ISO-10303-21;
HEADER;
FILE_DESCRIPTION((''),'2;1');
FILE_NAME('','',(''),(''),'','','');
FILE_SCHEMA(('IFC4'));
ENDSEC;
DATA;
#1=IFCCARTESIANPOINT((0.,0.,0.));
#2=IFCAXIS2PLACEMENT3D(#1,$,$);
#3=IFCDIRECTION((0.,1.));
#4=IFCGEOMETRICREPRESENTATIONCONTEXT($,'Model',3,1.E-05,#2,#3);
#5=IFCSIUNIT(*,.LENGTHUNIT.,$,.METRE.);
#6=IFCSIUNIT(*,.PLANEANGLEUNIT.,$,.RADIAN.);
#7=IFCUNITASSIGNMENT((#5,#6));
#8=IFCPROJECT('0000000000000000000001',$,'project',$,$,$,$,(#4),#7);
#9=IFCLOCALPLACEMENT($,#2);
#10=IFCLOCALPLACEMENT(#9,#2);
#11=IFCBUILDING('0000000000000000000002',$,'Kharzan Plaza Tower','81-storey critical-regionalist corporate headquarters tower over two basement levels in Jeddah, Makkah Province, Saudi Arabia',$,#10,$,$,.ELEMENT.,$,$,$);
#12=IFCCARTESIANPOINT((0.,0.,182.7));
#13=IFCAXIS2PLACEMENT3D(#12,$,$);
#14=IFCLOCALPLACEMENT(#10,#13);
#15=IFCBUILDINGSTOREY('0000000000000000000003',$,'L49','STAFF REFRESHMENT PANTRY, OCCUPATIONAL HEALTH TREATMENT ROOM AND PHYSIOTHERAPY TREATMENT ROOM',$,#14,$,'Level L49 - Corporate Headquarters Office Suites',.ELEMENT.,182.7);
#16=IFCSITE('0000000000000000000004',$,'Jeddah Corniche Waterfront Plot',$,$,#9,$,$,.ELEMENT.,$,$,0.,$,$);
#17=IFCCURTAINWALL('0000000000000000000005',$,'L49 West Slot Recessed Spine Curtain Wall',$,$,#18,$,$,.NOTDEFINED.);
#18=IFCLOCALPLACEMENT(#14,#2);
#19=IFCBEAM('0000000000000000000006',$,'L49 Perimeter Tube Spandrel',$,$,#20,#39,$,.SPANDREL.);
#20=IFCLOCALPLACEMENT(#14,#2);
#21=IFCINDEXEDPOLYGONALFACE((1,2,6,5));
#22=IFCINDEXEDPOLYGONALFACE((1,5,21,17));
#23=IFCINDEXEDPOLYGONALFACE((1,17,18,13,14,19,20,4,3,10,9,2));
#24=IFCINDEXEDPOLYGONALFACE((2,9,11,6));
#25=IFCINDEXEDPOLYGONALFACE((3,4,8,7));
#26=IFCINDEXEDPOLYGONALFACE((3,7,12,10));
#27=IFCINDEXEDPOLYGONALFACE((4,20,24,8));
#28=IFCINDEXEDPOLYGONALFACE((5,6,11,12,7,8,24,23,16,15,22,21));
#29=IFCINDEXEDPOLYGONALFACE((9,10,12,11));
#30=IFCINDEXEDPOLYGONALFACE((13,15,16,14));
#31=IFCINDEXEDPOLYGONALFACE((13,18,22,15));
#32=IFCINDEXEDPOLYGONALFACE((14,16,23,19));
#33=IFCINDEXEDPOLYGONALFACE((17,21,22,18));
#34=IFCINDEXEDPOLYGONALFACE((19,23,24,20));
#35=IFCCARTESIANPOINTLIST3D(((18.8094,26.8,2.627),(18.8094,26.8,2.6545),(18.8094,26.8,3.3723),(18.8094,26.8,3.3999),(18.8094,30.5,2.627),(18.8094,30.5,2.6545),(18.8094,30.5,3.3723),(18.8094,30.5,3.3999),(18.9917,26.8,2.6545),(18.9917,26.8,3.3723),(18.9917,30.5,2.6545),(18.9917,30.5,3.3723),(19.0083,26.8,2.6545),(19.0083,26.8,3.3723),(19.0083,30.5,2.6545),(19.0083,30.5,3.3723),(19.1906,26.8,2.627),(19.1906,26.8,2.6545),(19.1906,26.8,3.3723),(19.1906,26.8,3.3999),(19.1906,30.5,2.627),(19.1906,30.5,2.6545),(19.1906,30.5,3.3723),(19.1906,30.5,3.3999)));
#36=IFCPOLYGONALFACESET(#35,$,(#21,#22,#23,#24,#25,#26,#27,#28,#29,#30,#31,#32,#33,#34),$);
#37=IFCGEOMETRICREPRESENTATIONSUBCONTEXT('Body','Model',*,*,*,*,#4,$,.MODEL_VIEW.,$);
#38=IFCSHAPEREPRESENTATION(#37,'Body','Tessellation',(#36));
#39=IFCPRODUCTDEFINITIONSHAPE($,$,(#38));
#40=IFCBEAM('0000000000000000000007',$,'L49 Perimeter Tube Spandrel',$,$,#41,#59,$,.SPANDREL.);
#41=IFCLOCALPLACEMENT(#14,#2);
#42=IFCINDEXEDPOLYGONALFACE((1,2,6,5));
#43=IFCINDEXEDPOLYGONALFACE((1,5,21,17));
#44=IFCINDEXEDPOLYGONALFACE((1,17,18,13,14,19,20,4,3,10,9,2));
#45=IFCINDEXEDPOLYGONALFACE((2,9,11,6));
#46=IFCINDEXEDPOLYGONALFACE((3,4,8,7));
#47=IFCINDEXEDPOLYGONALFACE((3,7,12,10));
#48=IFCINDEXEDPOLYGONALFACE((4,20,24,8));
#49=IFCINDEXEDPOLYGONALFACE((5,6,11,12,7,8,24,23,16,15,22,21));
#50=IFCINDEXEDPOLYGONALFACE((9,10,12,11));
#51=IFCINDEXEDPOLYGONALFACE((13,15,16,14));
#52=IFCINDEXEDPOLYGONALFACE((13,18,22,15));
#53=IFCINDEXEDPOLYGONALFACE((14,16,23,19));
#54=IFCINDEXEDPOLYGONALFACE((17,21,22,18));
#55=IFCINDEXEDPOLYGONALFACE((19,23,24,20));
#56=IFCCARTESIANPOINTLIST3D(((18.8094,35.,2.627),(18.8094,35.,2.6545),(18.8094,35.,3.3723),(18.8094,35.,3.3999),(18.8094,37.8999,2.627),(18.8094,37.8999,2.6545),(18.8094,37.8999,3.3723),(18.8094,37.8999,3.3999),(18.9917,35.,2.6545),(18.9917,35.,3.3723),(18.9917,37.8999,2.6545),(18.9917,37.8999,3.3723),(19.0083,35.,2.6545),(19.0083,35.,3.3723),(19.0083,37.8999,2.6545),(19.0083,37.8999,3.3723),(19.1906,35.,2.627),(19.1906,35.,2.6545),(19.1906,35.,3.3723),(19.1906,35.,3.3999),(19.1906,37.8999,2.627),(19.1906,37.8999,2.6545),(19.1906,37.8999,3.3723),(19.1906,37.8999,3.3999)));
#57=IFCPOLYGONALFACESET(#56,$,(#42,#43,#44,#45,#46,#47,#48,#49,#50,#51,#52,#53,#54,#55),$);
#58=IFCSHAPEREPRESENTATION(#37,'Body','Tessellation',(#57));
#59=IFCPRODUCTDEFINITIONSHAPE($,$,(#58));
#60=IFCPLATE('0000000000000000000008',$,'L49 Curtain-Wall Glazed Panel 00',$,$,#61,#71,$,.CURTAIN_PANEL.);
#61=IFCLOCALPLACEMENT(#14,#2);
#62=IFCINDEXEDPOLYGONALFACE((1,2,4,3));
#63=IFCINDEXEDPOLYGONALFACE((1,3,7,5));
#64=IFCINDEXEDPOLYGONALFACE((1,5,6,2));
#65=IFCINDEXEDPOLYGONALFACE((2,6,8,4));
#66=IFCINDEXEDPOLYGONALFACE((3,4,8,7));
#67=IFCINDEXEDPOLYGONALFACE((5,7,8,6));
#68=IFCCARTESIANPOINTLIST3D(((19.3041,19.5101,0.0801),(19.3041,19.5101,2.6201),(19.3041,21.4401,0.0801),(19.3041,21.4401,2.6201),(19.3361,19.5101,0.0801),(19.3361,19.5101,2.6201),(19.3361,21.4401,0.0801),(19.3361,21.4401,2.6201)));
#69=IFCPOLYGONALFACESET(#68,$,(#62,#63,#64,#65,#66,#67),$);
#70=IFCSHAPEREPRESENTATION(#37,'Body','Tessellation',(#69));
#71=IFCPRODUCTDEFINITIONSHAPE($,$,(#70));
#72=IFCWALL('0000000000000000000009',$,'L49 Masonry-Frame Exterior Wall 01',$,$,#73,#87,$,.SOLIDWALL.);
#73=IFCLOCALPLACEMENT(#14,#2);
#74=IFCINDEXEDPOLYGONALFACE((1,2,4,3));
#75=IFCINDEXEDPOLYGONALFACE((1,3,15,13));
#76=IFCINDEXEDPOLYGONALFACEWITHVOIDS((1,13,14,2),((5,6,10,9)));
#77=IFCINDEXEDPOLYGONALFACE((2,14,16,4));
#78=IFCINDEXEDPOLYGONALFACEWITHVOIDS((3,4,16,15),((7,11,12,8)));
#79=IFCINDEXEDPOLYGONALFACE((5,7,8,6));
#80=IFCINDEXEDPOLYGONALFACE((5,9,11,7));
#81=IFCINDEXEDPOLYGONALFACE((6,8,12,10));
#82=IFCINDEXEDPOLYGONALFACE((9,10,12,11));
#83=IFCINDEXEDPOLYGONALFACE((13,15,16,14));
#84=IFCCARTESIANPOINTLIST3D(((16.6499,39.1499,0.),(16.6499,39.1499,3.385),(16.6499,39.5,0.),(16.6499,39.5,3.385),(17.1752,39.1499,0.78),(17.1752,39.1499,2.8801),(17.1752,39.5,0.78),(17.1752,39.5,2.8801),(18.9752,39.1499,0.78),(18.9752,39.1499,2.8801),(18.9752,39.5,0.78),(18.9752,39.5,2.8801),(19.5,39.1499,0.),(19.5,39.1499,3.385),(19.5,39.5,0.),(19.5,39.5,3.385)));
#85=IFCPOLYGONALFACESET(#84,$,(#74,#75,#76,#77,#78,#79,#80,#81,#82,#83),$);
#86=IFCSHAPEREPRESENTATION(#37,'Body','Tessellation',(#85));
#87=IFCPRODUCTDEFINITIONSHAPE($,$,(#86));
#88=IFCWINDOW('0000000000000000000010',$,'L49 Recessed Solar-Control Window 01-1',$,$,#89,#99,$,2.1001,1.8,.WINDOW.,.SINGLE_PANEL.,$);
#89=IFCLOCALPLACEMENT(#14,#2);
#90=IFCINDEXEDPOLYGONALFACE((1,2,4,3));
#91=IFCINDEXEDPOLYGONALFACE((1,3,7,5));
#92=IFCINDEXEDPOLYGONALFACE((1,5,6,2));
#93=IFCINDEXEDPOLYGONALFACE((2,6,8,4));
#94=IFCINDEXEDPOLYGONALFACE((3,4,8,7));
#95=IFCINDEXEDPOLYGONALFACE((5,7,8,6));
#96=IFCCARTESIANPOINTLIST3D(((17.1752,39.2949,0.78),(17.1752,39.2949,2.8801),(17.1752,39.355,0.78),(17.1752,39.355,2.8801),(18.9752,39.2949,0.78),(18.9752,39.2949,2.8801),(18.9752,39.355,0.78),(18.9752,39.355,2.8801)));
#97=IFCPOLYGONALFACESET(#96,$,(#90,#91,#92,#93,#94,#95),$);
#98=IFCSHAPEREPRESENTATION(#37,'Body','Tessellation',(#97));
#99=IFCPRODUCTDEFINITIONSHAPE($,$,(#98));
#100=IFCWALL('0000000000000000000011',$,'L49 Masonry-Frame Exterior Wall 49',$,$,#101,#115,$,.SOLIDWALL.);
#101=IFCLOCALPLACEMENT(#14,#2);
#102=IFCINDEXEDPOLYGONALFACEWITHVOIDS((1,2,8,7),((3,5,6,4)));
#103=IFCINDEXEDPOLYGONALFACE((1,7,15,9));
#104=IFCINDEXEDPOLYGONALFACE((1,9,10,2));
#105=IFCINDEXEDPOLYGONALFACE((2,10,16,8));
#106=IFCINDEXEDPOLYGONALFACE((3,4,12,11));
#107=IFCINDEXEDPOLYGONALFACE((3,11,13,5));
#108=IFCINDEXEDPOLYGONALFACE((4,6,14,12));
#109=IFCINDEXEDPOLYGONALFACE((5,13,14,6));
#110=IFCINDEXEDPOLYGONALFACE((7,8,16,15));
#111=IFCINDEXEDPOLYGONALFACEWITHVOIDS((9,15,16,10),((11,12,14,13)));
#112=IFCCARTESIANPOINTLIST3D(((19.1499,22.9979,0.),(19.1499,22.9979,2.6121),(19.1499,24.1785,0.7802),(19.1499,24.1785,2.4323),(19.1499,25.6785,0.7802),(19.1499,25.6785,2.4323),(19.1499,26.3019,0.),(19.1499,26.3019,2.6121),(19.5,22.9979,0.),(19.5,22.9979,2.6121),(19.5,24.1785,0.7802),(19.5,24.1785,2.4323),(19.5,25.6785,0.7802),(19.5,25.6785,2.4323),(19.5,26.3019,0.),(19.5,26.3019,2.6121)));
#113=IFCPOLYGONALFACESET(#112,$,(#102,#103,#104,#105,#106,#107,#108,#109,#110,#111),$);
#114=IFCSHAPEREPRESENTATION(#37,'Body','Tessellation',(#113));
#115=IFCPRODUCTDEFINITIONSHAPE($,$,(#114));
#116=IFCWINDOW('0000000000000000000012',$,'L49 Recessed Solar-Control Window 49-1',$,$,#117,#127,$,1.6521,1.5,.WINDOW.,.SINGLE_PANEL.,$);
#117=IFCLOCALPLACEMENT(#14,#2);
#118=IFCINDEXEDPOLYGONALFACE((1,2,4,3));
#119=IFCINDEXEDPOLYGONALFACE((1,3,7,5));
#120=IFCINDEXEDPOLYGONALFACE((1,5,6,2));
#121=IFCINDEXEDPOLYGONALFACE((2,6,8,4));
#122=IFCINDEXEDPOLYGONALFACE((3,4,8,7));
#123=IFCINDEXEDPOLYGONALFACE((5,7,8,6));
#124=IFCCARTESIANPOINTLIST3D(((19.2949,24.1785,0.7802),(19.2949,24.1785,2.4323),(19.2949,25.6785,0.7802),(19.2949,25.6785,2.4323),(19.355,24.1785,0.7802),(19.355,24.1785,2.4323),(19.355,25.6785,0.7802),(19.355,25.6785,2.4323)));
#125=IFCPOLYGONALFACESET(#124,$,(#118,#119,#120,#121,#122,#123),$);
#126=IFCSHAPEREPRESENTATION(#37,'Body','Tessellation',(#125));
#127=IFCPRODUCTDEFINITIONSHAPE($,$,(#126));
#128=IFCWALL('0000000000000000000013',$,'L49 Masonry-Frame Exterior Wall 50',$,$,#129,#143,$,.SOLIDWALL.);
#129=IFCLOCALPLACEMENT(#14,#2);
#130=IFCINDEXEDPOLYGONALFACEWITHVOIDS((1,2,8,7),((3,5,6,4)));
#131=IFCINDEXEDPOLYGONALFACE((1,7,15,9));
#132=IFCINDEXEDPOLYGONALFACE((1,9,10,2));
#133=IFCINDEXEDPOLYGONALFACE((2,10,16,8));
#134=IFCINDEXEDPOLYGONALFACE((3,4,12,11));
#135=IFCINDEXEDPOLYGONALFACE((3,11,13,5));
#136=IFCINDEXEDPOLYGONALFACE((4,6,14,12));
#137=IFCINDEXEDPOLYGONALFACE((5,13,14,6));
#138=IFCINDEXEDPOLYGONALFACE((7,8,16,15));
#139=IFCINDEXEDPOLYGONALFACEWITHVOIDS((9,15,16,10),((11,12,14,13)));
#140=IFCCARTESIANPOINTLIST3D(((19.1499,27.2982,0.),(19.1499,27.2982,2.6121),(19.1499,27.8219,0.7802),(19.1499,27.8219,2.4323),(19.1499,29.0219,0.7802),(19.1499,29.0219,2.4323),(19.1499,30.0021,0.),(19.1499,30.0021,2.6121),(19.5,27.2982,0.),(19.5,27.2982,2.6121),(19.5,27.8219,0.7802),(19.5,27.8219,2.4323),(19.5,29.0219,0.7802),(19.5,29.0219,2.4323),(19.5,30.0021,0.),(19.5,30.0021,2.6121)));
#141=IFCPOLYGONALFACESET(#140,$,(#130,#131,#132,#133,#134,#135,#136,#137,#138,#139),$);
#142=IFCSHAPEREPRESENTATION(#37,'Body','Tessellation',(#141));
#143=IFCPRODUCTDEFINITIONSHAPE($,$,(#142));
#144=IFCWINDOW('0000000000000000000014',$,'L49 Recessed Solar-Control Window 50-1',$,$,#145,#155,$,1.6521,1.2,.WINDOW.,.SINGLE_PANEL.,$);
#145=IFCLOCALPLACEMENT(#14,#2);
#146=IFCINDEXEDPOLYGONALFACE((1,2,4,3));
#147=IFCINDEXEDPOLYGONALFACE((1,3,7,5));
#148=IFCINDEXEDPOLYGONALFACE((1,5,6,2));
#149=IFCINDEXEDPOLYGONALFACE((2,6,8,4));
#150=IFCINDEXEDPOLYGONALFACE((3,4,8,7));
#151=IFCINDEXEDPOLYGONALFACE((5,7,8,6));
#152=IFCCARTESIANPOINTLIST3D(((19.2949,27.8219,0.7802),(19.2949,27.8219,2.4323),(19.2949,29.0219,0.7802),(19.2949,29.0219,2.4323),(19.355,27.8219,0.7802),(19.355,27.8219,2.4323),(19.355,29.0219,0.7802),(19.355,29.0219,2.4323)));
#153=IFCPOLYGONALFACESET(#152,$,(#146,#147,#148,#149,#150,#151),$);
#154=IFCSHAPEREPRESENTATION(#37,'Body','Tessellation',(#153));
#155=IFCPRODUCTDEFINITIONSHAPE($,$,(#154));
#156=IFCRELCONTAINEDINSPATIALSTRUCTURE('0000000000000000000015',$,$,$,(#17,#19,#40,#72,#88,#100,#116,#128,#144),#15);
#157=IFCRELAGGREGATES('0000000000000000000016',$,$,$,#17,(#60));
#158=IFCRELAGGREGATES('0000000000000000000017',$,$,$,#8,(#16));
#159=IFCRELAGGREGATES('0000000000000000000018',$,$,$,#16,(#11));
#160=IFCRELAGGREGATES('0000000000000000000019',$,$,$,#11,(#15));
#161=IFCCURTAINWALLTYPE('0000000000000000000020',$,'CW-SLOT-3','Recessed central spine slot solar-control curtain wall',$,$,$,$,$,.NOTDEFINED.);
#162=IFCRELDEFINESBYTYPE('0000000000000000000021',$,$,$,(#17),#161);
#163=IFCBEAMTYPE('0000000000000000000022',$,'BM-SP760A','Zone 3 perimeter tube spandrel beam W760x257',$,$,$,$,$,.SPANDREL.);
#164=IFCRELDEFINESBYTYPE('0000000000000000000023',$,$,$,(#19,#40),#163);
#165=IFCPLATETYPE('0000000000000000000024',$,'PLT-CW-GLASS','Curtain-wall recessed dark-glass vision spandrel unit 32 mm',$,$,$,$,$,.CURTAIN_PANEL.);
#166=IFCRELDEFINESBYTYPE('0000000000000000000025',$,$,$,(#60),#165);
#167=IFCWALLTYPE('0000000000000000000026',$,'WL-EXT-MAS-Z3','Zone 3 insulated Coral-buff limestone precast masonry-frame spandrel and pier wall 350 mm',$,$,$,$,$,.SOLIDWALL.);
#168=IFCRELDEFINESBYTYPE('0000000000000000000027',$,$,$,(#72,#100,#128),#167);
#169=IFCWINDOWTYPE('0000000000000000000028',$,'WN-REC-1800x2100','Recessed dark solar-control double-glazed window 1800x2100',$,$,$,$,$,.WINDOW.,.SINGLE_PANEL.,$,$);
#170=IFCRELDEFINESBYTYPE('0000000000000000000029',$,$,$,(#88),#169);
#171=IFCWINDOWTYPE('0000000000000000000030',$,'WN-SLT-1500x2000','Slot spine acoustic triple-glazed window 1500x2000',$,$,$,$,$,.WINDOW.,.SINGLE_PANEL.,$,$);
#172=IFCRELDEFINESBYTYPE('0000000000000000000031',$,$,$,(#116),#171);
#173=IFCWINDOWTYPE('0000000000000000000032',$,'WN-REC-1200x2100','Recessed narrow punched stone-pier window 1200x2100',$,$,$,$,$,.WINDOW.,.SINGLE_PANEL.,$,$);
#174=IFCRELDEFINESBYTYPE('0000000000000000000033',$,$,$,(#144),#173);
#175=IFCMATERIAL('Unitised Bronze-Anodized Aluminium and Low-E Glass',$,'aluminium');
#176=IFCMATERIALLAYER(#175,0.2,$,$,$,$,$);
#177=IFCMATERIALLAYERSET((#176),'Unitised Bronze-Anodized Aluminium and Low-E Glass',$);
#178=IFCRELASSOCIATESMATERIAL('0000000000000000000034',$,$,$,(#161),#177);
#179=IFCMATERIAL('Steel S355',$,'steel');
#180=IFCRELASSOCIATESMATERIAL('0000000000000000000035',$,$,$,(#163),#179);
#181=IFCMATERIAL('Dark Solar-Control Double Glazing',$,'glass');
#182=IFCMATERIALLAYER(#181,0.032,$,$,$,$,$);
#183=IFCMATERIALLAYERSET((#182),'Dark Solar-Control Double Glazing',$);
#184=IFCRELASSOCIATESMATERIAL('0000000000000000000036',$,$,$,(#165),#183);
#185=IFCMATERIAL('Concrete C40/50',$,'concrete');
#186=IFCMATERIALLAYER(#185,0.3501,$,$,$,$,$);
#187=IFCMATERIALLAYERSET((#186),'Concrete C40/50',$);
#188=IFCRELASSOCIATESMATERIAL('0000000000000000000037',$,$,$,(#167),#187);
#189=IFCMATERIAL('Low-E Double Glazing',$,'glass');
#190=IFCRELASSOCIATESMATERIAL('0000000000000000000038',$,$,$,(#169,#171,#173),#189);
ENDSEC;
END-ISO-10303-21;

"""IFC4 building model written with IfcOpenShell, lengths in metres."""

from ifc_helpers import new_model, si_unit, direction, frame, frame_2d, origin, origin_2d, place, context, subcontext, project, spatial, rectangle, i_section, extrude, source, transform, mapped, material, layer, layer_set, material_profile, profile_set, type_object, element, fill, aggregate, save


model = new_model("IFC4")

# Units and contexts
model_context = context("Model", 3, precision=1e-05, world=origin(), true_north=direction((0.0, 1.0)))
body_context = subcontext(model_context, "Body", "Model", "MODEL_VIEW")
ifc_project = project(units=[si_unit("LENGTHUNIT", "METRE"), si_unit("PLANEANGLEUNIT", "RADIAN")], contexts=[model_context])

# Site, building, storey
site_placement = place(None, origin())
site = spatial("IfcSite", under=ifc_project, at=site_placement, Name="Jeddah Corniche Waterfront Plot", CompositionType="ELEMENT", RefElevation=0.0)
building_placement = place(site_placement, origin())
building = spatial("IfcBuilding", under=site, at=building_placement, Name="Kharzan Plaza Tower", Description="81-storey critical-regionalist corporate headquarters tower over two basement levels in Jeddah, Makkah Province, Saudi Arabia", CompositionType="ELEMENT")
storey_placement = place(building_placement, frame((0.0, 0.0, 182.7)))
storey = spatial("IfcBuildingStorey", under=building, at=storey_placement, Name="L49", Description="STAFF REFRESHMENT PANTRY, OCCUPATIONAL HEALTH TREATMENT ROOM AND PHYSIOTHERAPY TREATMENT ROOM", LongName="Level L49 - Corporate Headquarters Office Suites", CompositionType="ELEMENT", Elevation=182.7)

# Curtain wall
ifc_material_1 = material(Name="Unitised Bronze-Anodized Aluminium and Low-E Glass", Category="aluminium")
ifc_layer_1 = layer(ifc_material_1, 0.2)
ifc_layer_set_1 = layer_set([ifc_layer_1], Name="Unitised Bronze-Anodized Aluminium and Low-E Glass")
curtain_wall_type = type_object("IfcCurtainWallType", Name="CW-SLOT-3", Description="Recessed central spine slot solar-control curtain wall", PredefinedType="NOTDEFINED", material=ifc_layer_set_1)
curtain_wall_placement = place(storey_placement, origin())
curtain_wall = element("IfcCurtainWall", 1, at=curtain_wall_placement, inside=storey, type_object=curtain_wall_type, Name="L49 West Slot Recessed Spine Curtain Wall", PredefinedType="NOTDEFINED")

# Beams
ifc_material_2 = material(Name="Steel S355", Category="steel")
ifc_material_profile_1 = material_profile(ifc_material_2, i_section(OverallWidth=0.3811, OverallDepth=0.7729, WebThickness=0.0166, FlangeThickness=0.0276, at=origin_2d()), Name="W760x257")
ifc_profile_set_1 = profile_set([ifc_material_profile_1], Name="Steel S355")
beam_type = type_object("IfcBeamType", Name="BM-SP760A", Description="Zone 3 perimeter tube spandrel beam W760x257", PredefinedType="SPANDREL", material=ifc_profile_set_1)
shared_shape_1 = source(origin(), body_context, "Body", "SweptSolid", [
    extrude(i_section(OverallWidth=0.3811, OverallDepth=0.7729, WebThickness=0.0166, FlangeThickness=0.0276, at=origin_2d()), origin(), (0.0, 0.0, 1.0), 3.7),
])
beam_1_placement = place(storey_placement, frame((19.0, 26.8, 3.0134), z_axis=(0.0, 1.0, 0.0), x_axis=(-1.0, 0.0, 0.0)))
element("IfcBeam", 2, at=beam_1_placement, inside=storey, type_object=beam_type, Name="L49 Perimeter Tube Spandrel", PredefinedType="SPANDREL", context=body_context, shape_type="MappedRepresentation", body=[
    mapped(shared_shape_1, transform((0.0, 0.0, 0.0), x_axis=(1.0, 0.0, 0.0), y_axis=(0.0, 1.0, 0.0), z_axis=(0.0, 0.0, 1.0))),
])
shared_shape_2 = source(origin(), body_context, "Body", "SweptSolid", [
    extrude(i_section(OverallWidth=0.3811, OverallDepth=0.7729, WebThickness=0.0166, FlangeThickness=0.0276, at=origin_2d()), origin(), (0.0, 0.0, 1.0), 2.8999),
])
beam_2_placement = place(storey_placement, frame((19.0, 35.0, 3.0134), z_axis=(0.0, 1.0, 0.0), x_axis=(-1.0, 0.0, 0.0)))
element("IfcBeam", 3, at=beam_2_placement, inside=storey, type_object=beam_type, Name="L49 Perimeter Tube Spandrel", PredefinedType="SPANDREL", context=body_context, shape_type="MappedRepresentation", body=[
    mapped(shared_shape_2, transform((0.0, 0.0, 0.0), x_axis=(1.0, 0.0, 0.0), y_axis=(0.0, 1.0, 0.0), z_axis=(0.0, 0.0, 1.0))),
])

# Plate
ifc_material_3 = material(Name="Dark Solar-Control Double Glazing", Category="glass")
ifc_layer_2 = layer(ifc_material_3, 0.032)
ifc_layer_set_2 = layer_set([ifc_layer_2], Name="Dark Solar-Control Double Glazing")
plate_type = type_object("IfcPlateType", Name="PLT-CW-GLASS", Description="Curtain-wall recessed dark-glass vision spandrel unit 32 mm", PredefinedType="CURTAIN_PANEL", material=ifc_layer_set_2)
shared_shape_3 = source(origin(), body_context, "Body", "SweptSolid", [
    extrude(rectangle(XDim=1.9299, YDim=0.032, at=origin_2d()), origin(), (0.0, 0.0, 1.0), 2.54),
])
plate_placement = place(storey_placement, frame((19.3201, 20.4751, 0.0801), z_axis=(0.0, 0.0, 1.0), x_axis=(0.0, 1.0, 0.0)))
plate = element("IfcPlate", 4, at=plate_placement, type_object=plate_type, Name="L49 Curtain-Wall Glazed Panel 00", PredefinedType="CURTAIN_PANEL", context=body_context, shape_type="MappedRepresentation", body=[
    mapped(shared_shape_3, transform((0.0, 0.0, 0.0), x_axis=(1.0, 0.0, 0.0), y_axis=(0.0, 1.0, 0.0), z_axis=(0.0, 0.0, 1.0))),
])
aggregate(curtain_wall, [plate])

# Walls, openings, windows
ifc_material_4 = material(Name="Concrete C40/50", Category="concrete")
ifc_layer_3 = layer(ifc_material_4, 0.3501)
ifc_layer_set_3 = layer_set([ifc_layer_3], Name="Concrete C40/50")
wall_type = type_object("IfcWallType", Name="WL-EXT-MAS-Z3", Description="Zone 3 insulated Coral-buff limestone precast masonry-frame spandrel and pier wall 350 mm", PredefinedType="SOLIDWALL", material=ifc_layer_set_3)
wall_1_placement = place(storey_placement, frame((19.5, 39.325, 0.0), z_axis=(0.0, 0.0, 1.0), x_axis=(-1.0, 0.0, 0.0)))
wall_1 = element("IfcWall", 5, at=wall_1_placement, inside=storey, type_object=wall_type, Name="L49 Masonry-Frame Exterior Wall 01", PredefinedType="SOLIDWALL", context=body_context, shape_type="SweptSolid", body=[
    extrude(rectangle(XDim=2.8501, YDim=0.3501, at=frame_2d((1.425, 0.0))), origin(), (0.0, 0.0, 1.0), 3.385),
])
opening_1_placement = place(wall_1_placement, frame((0.5249, 0.0, 0.78)))
opening_1 = element("IfcOpeningElement", 6, at=opening_1_placement, cuts=wall_1, PredefinedType="OPENING", context=body_context, shape_type="SweptSolid", body=[
    extrude(rectangle(XDim=1.8, YDim=2.1001, at=frame_2d((0.8999, 1.05))), frame((0.0, 0.1851, 0.0), z_axis=(0.0, -1.0, 0.0), x_axis=(1.0, 0.0, 0.0)), (0.0, 0.0, 1.0), 0.3701),
])
ifc_material_5 = material(Name="Low-E Double Glazing", Category="glass")
window_type_1 = type_object("IfcWindowType", Name="WN-REC-1800x2100", Description="Recessed dark solar-control double-glazed window 1800x2100", PartitioningType="SINGLE_PANEL", PredefinedType="WINDOW", material=ifc_material_5)
shared_shape_4 = source(origin(), body_context, "Body", "SweptSolid", [
    extrude(rectangle(XDim=1.8, YDim=2.1001, at=frame_2d((0.8999, 1.05))), frame((0.0, 0.03, 0.0), z_axis=(0.0, -1.0, 0.0), x_axis=(1.0, 0.0, 0.0)), (0.0, 0.0, 1.0), 0.0601),
])
window_1_placement = place(opening_1_placement, origin())
window_1 = element("IfcWindow", 7, at=window_1_placement, inside=storey, type_object=window_type_1, Name="L49 Recessed Solar-Control Window 01-1", OverallHeight=2.1001, OverallWidth=1.8, PartitioningType="SINGLE_PANEL", PredefinedType="WINDOW", context=body_context, shape_type="MappedRepresentation", body=[
    mapped(shared_shape_4, transform((0.0, 0.0, 0.0), x_axis=(1.0, 0.0, 0.0), y_axis=(0.0, 1.0, 0.0), z_axis=(0.0, 0.0, 1.0))),
])
fill(opening_1, window_1)
wall_2_placement = place(storey_placement, frame((19.325, 22.998, 0.0), z_axis=(0.0, 0.0, 1.0), x_axis=(0.0, 1.0, 0.0)))
wall_2 = element("IfcWall", 8, at=wall_2_placement, inside=storey, type_object=wall_type, Name="L49 Masonry-Frame Exterior Wall 49", PredefinedType="SOLIDWALL", context=body_context, shape_type="SweptSolid", body=[
    extrude(rectangle(XDim=3.304, YDim=0.3501, at=frame_2d((1.6519, 0.0))), origin(), (0.0, 0.0, 1.0), 2.6121),
])
opening_2_placement = place(wall_2_placement, frame((1.1804, 0.0, 0.78)))
opening_2 = element("IfcOpeningElement", 9, at=opening_2_placement, cuts=wall_2, PredefinedType="OPENING", context=body_context, shape_type="SweptSolid", body=[
    extrude(rectangle(XDim=1.5, YDim=1.6521, at=frame_2d((0.75, 0.8262))), frame((0.0, 0.1851, 0.0), z_axis=(0.0, -1.0, 0.0), x_axis=(1.0, 0.0, 0.0)), (0.0, 0.0, 1.0), 0.3701),
])
window_type_2 = type_object("IfcWindowType", Name="WN-SLT-1500x2000", Description="Slot spine acoustic triple-glazed window 1500x2000", PartitioningType="SINGLE_PANEL", PredefinedType="WINDOW", material=ifc_material_5)
shared_shape_5 = source(origin(), body_context, "Body", "SweptSolid", [
    extrude(rectangle(XDim=1.5, YDim=1.6521, at=frame_2d((0.75, 0.8262))), frame((0.0, 0.03, 0.0), z_axis=(0.0, -1.0, 0.0), x_axis=(1.0, 0.0, 0.0)), (0.0, 0.0, 1.0), 0.0601),
])
window_2_placement = place(opening_2_placement, origin())
window_2 = element("IfcWindow", 10, at=window_2_placement, inside=storey, type_object=window_type_2, Name="L49 Recessed Solar-Control Window 49-1", OverallHeight=1.6521, OverallWidth=1.5, PartitioningType="SINGLE_PANEL", PredefinedType="WINDOW", context=body_context, shape_type="MappedRepresentation", body=[
    mapped(shared_shape_5, transform((0.0, 0.0, 0.0), x_axis=(1.0, 0.0, 0.0), y_axis=(0.0, 1.0, 0.0), z_axis=(0.0, 0.0, 1.0))),
])
fill(opening_2, window_2)
wall_3_placement = place(storey_placement, frame((19.325, 27.2981, 0.0), z_axis=(0.0, 0.0, 1.0), x_axis=(0.0, 1.0, 0.0)))
wall_3 = element("IfcWall", 11, at=wall_3_placement, inside=storey, type_object=wall_type, Name="L49 Masonry-Frame Exterior Wall 50", PredefinedType="SOLIDWALL", context=body_context, shape_type="SweptSolid", body=[
    extrude(rectangle(XDim=2.7039, YDim=0.3501, at=frame_2d((1.3521, 0.0))), origin(), (0.0, 0.0, 1.0), 2.6121),
])
opening_3_placement = place(wall_3_placement, frame((0.5237, 0.0, 0.78)))
opening_3 = element("IfcOpeningElement", 12, at=opening_3_placement, cuts=wall_3, PredefinedType="OPENING", context=body_context, shape_type="SweptSolid", body=[
    extrude(rectangle(XDim=1.2, YDim=1.6521, at=frame_2d((0.6001, 0.8262))), frame((0.0, 0.1851, 0.0), z_axis=(0.0, -1.0, 0.0), x_axis=(1.0, 0.0, 0.0)), (0.0, 0.0, 1.0), 0.3701),
])
window_type_3 = type_object("IfcWindowType", Name="WN-REC-1200x2100", Description="Recessed narrow punched stone-pier window 1200x2100", PartitioningType="SINGLE_PANEL", PredefinedType="WINDOW", material=ifc_material_5)
shared_shape_6 = source(origin(), body_context, "Body", "SweptSolid", [
    extrude(rectangle(XDim=1.2, YDim=1.6521, at=frame_2d((0.6001, 0.8262))), frame((0.0, 0.03, 0.0), z_axis=(0.0, -1.0, 0.0), x_axis=(1.0, 0.0, 0.0)), (0.0, 0.0, 1.0), 0.0601),
])
window_3_placement = place(opening_3_placement, origin())
window_3 = element("IfcWindow", 13, at=window_3_placement, inside=storey, type_object=window_type_3, Name="L49 Recessed Solar-Control Window 50-1", OverallHeight=1.6521, OverallWidth=1.2, PartitioningType="SINGLE_PANEL", PredefinedType="WINDOW", context=body_context, shape_type="MappedRepresentation", body=[
    mapped(shared_shape_6, transform((0.0, 0.0, 0.0), x_axis=(1.0, 0.0, 0.0), y_axis=(0.0, 1.0, 0.0), z_axis=(0.0, 0.0, 1.0))),
])
fill(opening_3, window_3)

save(model, "model.ifc")
